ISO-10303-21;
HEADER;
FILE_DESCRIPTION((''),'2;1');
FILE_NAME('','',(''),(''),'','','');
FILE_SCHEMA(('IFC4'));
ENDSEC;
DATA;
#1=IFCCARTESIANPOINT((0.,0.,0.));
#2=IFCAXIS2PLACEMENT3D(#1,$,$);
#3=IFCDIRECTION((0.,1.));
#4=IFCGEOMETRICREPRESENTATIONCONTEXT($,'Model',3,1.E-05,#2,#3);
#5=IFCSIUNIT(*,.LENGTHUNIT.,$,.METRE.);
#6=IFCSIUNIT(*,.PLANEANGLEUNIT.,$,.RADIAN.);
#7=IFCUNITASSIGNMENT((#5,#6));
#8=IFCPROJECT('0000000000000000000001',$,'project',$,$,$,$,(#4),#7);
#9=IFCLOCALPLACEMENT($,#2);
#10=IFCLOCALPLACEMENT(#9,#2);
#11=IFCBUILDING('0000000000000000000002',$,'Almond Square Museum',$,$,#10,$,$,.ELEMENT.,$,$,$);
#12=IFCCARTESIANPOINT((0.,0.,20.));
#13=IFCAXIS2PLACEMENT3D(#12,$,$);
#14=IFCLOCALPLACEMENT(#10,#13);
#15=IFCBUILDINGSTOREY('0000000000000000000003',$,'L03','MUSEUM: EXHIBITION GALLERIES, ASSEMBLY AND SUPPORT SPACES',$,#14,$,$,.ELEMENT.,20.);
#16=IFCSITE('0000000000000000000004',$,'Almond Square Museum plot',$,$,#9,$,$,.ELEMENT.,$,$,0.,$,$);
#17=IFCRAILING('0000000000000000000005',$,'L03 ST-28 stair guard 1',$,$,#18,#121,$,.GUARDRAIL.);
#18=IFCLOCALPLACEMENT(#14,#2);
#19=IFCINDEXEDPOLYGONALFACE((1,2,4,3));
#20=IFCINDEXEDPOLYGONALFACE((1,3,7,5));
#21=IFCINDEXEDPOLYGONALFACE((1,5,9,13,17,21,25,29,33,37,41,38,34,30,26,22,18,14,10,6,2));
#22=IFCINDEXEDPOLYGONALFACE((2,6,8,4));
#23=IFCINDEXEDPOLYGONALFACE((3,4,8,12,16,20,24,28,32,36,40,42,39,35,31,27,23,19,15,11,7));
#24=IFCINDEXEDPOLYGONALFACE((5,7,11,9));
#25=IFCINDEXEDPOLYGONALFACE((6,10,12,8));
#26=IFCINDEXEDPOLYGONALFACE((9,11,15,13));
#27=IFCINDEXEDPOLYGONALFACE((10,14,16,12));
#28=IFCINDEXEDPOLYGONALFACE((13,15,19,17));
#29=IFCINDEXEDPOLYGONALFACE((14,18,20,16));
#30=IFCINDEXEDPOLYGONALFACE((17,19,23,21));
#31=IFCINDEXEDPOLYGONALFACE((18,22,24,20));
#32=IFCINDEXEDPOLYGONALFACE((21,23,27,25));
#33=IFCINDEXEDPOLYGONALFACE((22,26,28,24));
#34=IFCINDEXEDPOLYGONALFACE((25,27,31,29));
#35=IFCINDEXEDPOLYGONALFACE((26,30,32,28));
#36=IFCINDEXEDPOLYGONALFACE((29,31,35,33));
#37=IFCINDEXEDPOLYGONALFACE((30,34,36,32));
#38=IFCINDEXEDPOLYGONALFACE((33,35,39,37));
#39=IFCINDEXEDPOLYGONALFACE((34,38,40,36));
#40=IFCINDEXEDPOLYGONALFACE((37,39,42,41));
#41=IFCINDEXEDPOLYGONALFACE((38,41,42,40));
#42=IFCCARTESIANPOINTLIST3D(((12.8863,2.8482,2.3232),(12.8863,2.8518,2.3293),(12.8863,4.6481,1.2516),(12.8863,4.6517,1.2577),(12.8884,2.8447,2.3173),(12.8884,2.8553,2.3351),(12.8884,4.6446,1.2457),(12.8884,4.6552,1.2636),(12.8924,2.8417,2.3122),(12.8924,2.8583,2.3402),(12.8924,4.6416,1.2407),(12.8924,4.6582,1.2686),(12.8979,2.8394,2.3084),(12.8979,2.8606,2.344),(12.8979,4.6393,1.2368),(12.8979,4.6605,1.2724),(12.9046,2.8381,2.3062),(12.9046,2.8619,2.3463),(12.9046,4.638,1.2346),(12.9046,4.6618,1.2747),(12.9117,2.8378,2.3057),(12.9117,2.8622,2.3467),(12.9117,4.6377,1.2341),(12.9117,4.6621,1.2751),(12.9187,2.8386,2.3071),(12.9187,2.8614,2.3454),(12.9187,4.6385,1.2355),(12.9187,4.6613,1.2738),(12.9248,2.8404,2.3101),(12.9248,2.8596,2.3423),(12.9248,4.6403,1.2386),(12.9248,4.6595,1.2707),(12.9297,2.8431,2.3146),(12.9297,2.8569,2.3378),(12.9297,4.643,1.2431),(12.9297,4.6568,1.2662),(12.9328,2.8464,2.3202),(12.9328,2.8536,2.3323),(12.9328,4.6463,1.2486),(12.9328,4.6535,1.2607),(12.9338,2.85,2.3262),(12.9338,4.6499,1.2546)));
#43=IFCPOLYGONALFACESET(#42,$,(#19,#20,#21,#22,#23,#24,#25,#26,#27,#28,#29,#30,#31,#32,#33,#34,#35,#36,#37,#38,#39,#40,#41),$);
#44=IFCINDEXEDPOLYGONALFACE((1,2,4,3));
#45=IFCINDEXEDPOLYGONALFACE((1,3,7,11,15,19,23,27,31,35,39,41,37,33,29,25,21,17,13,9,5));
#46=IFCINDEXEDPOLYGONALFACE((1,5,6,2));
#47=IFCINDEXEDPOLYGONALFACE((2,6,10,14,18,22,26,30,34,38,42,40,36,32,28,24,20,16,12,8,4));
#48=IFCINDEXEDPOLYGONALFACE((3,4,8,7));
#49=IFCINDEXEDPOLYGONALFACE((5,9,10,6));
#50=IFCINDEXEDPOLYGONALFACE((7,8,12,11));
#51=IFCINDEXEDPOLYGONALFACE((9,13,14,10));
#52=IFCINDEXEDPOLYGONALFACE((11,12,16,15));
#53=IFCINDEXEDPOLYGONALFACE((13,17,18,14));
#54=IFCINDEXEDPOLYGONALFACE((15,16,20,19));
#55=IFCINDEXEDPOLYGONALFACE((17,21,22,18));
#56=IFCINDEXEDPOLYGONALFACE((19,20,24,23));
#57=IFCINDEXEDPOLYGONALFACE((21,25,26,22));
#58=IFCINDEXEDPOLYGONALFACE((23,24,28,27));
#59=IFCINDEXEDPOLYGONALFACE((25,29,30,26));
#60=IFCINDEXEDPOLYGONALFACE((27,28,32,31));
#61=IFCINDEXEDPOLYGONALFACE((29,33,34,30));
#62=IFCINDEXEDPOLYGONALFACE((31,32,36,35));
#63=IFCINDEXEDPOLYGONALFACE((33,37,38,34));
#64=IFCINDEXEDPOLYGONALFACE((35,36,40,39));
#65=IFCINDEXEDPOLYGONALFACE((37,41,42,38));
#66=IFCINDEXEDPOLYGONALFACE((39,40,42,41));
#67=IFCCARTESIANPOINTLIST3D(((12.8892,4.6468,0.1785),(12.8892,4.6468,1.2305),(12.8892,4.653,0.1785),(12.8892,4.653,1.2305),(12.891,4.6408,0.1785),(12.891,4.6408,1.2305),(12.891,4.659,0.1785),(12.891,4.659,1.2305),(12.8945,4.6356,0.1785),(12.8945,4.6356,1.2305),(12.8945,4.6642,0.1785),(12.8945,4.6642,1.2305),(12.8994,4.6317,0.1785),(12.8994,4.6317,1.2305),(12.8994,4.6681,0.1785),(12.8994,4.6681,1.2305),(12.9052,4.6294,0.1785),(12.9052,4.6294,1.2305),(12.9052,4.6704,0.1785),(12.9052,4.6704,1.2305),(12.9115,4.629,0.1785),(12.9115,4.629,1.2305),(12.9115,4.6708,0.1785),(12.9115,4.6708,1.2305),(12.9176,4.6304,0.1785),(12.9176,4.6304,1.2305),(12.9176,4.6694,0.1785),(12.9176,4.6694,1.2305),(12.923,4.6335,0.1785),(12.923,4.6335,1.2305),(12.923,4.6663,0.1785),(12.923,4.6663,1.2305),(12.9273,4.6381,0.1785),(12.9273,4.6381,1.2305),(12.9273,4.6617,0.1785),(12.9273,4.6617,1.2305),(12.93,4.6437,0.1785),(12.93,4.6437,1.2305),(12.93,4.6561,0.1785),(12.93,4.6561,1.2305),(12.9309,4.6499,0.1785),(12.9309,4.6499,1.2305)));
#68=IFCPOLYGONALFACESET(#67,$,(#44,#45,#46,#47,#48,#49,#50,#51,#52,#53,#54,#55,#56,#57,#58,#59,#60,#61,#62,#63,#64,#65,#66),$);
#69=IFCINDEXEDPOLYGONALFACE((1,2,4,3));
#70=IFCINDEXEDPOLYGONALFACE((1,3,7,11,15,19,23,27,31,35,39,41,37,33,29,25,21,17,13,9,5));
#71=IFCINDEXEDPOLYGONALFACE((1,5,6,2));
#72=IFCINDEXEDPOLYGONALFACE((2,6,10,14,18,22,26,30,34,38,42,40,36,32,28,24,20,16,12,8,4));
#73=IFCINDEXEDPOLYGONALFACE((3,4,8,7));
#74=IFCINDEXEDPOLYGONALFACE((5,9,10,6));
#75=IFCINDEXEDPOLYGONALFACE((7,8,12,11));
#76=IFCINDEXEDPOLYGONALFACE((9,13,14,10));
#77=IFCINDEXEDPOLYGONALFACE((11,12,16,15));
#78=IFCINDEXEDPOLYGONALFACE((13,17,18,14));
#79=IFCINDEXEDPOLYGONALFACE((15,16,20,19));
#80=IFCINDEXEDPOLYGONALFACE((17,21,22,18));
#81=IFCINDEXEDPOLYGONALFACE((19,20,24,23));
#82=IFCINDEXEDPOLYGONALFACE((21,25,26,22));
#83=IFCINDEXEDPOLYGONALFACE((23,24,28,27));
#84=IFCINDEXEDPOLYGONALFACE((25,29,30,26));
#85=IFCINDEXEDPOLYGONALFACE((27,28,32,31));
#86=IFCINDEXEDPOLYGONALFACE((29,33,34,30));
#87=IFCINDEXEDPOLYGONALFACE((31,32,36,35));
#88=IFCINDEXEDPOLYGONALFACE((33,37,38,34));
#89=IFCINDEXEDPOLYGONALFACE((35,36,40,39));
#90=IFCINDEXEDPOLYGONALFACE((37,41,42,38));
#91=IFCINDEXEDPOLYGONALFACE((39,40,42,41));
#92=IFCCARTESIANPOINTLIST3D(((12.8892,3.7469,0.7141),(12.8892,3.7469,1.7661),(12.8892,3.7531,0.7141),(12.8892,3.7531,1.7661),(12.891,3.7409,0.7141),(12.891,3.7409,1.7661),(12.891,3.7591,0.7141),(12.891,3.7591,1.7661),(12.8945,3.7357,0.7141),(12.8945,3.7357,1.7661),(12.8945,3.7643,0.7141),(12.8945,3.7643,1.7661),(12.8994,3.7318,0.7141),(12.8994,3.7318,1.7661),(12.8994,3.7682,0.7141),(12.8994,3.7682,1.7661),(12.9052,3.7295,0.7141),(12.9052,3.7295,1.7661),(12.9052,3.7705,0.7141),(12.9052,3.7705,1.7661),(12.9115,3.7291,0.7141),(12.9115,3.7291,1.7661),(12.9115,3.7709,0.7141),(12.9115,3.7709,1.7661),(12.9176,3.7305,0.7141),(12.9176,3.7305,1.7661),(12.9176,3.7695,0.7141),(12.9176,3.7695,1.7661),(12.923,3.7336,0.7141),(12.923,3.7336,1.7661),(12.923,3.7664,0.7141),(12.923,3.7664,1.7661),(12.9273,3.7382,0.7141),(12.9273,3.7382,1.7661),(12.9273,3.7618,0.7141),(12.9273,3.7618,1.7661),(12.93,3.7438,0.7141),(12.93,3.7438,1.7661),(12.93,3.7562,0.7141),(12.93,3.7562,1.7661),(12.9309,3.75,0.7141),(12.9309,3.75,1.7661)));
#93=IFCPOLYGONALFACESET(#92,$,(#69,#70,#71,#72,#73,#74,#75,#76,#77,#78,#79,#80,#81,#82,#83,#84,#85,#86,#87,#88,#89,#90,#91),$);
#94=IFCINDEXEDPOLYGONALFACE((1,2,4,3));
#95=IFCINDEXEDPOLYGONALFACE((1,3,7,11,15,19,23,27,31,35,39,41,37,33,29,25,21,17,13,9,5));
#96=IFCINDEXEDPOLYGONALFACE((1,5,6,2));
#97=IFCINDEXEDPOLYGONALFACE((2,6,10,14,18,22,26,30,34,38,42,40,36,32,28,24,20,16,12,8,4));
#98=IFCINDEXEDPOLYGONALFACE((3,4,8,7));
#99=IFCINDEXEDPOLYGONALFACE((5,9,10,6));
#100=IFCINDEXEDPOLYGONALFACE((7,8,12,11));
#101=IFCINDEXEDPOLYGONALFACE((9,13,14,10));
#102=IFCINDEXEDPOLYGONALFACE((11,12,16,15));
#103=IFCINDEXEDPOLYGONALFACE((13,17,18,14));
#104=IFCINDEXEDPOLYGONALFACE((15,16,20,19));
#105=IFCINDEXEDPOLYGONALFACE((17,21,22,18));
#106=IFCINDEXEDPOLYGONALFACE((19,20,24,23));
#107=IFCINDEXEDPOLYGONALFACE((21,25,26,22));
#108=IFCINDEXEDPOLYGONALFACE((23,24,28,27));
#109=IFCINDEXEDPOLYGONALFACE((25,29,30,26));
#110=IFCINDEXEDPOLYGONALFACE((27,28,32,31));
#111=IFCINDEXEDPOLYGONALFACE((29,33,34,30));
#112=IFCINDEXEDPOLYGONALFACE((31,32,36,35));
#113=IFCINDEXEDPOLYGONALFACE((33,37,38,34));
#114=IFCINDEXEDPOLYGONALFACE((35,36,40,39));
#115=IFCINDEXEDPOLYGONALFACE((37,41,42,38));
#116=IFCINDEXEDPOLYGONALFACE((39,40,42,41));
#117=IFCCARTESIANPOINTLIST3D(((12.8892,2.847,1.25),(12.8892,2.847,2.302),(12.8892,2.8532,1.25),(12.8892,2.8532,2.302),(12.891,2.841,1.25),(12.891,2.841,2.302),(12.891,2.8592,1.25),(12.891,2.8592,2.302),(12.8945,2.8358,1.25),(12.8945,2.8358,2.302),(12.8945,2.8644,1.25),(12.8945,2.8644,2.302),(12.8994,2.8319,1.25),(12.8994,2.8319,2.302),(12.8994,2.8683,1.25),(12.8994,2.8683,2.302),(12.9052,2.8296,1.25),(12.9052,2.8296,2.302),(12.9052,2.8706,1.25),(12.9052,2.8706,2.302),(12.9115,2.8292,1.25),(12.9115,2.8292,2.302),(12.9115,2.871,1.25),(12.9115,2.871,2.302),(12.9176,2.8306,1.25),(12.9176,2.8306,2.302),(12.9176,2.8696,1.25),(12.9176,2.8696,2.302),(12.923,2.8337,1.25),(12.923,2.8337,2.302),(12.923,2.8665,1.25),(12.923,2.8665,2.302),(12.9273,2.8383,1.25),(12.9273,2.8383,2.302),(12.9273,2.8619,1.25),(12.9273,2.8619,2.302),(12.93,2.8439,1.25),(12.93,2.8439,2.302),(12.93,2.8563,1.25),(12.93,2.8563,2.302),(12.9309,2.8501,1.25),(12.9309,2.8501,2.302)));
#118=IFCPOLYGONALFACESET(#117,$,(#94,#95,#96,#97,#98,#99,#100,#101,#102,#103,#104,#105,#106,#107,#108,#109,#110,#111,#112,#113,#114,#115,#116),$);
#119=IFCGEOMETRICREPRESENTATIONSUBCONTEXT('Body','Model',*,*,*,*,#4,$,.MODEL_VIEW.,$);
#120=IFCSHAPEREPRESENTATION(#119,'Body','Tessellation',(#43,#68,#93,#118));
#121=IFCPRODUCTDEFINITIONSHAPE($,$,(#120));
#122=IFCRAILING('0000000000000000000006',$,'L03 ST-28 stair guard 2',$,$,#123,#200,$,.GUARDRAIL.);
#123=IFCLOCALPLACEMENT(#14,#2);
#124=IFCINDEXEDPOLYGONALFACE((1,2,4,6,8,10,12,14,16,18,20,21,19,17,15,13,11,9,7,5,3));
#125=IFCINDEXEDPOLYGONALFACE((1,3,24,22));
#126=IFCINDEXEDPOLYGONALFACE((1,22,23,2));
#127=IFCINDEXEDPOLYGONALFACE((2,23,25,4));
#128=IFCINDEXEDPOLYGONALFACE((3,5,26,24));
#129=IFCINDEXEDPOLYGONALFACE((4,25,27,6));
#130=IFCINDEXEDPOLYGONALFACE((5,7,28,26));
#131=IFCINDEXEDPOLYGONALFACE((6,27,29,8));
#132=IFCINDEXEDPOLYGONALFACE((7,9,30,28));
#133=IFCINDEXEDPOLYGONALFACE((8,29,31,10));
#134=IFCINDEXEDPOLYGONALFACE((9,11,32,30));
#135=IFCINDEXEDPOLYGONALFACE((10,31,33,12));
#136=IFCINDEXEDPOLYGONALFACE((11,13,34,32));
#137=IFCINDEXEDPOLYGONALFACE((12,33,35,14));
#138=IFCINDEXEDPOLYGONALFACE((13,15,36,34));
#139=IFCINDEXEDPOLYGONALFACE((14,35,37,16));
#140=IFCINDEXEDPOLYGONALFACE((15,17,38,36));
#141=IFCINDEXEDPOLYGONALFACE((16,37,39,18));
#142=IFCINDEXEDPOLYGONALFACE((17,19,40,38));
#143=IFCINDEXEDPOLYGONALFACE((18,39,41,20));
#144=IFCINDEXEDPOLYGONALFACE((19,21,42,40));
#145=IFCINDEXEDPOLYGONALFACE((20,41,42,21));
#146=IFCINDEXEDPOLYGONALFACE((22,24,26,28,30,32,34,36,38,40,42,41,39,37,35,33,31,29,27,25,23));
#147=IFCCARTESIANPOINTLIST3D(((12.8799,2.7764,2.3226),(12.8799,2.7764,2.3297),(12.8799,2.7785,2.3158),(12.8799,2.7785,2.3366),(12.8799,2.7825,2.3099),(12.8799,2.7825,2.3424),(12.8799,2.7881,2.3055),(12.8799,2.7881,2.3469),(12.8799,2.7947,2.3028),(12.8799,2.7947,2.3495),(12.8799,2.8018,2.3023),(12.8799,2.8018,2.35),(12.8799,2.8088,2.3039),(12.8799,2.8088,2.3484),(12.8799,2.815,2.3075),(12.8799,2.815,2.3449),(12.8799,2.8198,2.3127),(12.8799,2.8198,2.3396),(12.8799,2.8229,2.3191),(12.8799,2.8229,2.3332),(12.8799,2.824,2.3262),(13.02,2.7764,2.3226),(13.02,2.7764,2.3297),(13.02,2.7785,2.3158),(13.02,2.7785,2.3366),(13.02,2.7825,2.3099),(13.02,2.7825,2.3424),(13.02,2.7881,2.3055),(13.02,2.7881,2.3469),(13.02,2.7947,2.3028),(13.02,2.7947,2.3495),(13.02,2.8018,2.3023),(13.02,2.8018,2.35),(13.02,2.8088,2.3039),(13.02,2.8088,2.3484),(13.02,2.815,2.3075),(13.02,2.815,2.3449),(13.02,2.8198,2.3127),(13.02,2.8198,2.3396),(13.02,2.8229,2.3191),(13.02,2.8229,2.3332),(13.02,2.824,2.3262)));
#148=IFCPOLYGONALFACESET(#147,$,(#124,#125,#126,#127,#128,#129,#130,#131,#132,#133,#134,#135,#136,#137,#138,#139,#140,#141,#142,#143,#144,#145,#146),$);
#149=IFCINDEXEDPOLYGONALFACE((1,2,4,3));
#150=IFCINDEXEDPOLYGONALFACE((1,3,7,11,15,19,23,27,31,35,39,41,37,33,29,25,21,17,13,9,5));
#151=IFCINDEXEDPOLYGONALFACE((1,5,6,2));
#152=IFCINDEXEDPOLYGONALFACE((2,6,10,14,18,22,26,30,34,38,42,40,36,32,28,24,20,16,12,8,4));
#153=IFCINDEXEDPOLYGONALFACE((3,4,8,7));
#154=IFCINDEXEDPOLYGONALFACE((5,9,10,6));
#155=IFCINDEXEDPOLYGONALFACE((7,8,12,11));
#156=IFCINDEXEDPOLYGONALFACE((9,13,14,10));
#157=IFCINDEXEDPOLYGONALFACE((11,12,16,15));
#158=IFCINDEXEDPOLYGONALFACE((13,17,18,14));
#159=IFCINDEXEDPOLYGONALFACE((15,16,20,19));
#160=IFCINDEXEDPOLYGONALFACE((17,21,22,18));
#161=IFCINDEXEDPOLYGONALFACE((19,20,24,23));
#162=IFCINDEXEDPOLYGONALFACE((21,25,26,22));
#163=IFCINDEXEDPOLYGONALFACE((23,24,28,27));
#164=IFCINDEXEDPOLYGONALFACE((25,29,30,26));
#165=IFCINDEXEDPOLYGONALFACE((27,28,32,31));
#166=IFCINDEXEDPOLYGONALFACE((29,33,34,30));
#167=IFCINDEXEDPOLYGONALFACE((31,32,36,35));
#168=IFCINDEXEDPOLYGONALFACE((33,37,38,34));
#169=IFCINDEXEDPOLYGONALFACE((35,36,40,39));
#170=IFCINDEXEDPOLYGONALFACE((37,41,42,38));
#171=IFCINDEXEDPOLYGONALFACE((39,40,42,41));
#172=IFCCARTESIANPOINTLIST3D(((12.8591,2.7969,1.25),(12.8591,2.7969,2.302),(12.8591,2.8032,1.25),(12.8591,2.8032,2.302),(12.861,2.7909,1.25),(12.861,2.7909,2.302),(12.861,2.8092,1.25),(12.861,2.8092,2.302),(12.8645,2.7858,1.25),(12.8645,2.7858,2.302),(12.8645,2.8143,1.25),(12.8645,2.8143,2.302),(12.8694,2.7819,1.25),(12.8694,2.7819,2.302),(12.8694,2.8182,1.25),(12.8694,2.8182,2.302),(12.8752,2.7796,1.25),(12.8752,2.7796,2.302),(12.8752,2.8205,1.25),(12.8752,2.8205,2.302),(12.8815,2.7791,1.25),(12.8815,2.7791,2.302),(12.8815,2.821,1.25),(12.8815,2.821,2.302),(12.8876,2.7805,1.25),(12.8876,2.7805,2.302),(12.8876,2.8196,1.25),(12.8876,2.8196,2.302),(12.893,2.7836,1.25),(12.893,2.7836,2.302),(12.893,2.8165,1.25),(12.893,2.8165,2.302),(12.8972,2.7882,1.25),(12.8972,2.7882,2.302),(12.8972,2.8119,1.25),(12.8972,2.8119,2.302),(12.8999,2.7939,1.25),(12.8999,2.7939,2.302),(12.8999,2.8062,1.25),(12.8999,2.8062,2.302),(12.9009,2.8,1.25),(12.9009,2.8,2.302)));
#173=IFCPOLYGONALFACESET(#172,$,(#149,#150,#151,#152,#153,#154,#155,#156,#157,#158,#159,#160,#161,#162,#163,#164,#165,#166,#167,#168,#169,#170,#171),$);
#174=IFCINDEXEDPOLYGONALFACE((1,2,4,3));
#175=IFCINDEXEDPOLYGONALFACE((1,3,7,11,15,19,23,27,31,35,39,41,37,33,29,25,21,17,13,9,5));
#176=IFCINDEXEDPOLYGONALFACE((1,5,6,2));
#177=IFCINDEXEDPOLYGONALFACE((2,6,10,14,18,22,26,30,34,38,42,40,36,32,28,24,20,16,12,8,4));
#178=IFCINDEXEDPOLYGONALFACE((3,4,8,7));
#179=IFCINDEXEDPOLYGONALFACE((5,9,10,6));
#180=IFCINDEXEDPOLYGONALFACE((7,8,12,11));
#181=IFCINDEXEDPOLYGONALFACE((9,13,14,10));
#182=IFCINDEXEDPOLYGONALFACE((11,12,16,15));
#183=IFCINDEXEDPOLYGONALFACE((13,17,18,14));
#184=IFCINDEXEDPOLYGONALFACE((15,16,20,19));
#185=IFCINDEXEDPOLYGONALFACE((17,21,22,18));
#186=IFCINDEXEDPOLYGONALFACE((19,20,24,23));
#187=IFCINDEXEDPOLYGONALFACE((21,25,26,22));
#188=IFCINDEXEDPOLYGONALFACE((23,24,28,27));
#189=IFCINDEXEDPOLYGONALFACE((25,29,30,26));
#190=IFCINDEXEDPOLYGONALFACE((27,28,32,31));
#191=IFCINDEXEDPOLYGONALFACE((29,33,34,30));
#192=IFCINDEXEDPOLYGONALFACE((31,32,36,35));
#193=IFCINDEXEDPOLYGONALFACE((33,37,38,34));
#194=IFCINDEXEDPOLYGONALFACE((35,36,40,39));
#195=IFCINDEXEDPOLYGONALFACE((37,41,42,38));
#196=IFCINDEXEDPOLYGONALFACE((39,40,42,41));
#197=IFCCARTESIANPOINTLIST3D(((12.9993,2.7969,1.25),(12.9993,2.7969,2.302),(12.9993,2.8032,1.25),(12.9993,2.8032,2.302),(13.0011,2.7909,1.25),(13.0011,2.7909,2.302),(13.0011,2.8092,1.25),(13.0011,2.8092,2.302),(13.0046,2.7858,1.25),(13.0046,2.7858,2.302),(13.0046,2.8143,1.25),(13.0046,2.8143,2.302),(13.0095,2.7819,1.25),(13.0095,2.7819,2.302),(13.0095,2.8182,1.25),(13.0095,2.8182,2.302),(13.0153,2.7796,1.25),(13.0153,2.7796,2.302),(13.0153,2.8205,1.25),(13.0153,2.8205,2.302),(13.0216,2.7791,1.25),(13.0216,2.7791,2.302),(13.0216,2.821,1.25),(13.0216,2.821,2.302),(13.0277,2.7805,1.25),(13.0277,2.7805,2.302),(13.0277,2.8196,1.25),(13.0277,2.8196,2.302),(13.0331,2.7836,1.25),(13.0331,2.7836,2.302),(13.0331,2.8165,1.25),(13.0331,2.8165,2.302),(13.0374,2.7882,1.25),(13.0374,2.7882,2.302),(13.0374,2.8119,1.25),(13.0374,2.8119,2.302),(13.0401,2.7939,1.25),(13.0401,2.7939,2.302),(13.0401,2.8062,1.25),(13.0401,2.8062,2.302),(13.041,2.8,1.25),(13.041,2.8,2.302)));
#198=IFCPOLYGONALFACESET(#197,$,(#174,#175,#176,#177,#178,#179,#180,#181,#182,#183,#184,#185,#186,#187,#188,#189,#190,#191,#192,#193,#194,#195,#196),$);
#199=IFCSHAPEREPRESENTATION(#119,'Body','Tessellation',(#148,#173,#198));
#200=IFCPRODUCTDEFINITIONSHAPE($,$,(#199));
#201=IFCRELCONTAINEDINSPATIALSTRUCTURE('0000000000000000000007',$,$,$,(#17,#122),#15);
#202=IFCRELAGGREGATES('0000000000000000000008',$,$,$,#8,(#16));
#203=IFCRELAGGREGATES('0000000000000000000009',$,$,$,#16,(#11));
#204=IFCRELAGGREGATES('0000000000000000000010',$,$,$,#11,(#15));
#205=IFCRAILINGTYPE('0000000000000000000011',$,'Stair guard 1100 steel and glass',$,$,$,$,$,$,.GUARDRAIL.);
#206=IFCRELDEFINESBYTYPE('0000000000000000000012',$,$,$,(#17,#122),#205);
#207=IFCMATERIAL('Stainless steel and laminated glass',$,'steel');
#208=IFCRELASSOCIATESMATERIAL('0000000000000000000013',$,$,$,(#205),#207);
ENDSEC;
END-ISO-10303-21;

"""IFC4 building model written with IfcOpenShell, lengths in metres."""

from ifc_helpers import new_model, si_unit, direction, frame, origin, origin_2d, place, context, subcontext, project, spatial, circle, extrude, material, type_object, element, save


model = new_model("IFC4")

# Units and contexts
model_context = context("Model", 3, precision=1e-05, world=origin(), true_north=direction((0.0, 1.0)))
body_context = subcontext(model_context, "Body", "Model", "MODEL_VIEW")
ifc_project = project(units=[si_unit("LENGTHUNIT", "METRE"), si_unit("PLANEANGLEUNIT", "RADIAN")], contexts=[model_context])

# Site, building, storey
site_placement = place(None, origin())
site = spatial("IfcSite", under=ifc_project, at=site_placement, Name="Almond Square Museum plot", CompositionType="ELEMENT", RefElevation=0.0)
building_placement = place(site_placement, origin())
building = spatial("IfcBuilding", under=site, at=building_placement, Name="Almond Square Museum", CompositionType="ELEMENT")
storey_placement = place(building_placement, frame((0.0, 0.0, 20.0)))
storey = spatial("IfcBuildingStorey", under=building, at=storey_placement, Name="L03", Description="MUSEUM: EXHIBITION GALLERIES, ASSEMBLY AND SUPPORT SPACES", CompositionType="ELEMENT", Elevation=20.0)

# Railings
ifc_material_1 = material(Name="Stainless steel and laminated glass", Category="steel")
railing_type_1 = type_object("IfcRailingType", Name="Stair guard 1100 steel and glass", PredefinedType="GUARDRAIL", material=ifc_material_1)
railing_1_placement = place(storey_placement, frame((12.9099, 4.6499, 0.1785)))
element("IfcRailing", 1, at=railing_1_placement, inside=storey, type_object=railing_type_1, Name="L03 ST-28 stair guard 1", PredefinedType="GUARDRAIL", context=body_context, shape_type="SweptSolid", body=[
    extrude(circle(Radius=0.0239, at=origin_2d()), frame((0.0, 0.0, 1.0762), z_axis=(0.0, -0.859247, 0.511562), x_axis=(1.0, 0.0, 0.0)), (0.0, 0.0, 1.0), 2.0947),
    extrude(circle(Radius=0.021, at=origin_2d()), origin(), (0.0, 0.0, 1.0), 1.052),
    extrude(circle(Radius=0.021, at=origin_2d()), frame((0.0, -0.8999, 0.5356)), (0.0, 0.0, 1.0), 1.052),
    extrude(circle(Radius=0.021, at=origin_2d()), frame((0.0, -1.7998, 1.0715)), (0.0, 0.0, 1.0), 1.052),
])
railing_2_placement = place(storey_placement, frame((12.8799, 2.8, 1.25)))
element("IfcRailing", 2, at=railing_2_placement, inside=storey, type_object=railing_type_1, Name="L03 ST-28 stair guard 2", PredefinedType="GUARDRAIL", context=body_context, shape_type="SweptSolid", body=[
    extrude(circle(Radius=0.0239, at=origin_2d()), frame((0.0, 0.0, 1.0762), z_axis=(1.0, 0.0, 0.0), x_axis=(0.0, 1.0, 0.0)), (0.0, 0.0, 1.0), 0.1401),
    extrude(circle(Radius=0.021, at=origin_2d()), origin(), (0.0, 0.0, 1.0), 1.052),
    extrude(circle(Radius=0.021, at=origin_2d()), frame((0.1401, 0.0, 0.0)), (0.0, 0.0, 1.0), 1.052),
])

save(model, "model.ifc")
